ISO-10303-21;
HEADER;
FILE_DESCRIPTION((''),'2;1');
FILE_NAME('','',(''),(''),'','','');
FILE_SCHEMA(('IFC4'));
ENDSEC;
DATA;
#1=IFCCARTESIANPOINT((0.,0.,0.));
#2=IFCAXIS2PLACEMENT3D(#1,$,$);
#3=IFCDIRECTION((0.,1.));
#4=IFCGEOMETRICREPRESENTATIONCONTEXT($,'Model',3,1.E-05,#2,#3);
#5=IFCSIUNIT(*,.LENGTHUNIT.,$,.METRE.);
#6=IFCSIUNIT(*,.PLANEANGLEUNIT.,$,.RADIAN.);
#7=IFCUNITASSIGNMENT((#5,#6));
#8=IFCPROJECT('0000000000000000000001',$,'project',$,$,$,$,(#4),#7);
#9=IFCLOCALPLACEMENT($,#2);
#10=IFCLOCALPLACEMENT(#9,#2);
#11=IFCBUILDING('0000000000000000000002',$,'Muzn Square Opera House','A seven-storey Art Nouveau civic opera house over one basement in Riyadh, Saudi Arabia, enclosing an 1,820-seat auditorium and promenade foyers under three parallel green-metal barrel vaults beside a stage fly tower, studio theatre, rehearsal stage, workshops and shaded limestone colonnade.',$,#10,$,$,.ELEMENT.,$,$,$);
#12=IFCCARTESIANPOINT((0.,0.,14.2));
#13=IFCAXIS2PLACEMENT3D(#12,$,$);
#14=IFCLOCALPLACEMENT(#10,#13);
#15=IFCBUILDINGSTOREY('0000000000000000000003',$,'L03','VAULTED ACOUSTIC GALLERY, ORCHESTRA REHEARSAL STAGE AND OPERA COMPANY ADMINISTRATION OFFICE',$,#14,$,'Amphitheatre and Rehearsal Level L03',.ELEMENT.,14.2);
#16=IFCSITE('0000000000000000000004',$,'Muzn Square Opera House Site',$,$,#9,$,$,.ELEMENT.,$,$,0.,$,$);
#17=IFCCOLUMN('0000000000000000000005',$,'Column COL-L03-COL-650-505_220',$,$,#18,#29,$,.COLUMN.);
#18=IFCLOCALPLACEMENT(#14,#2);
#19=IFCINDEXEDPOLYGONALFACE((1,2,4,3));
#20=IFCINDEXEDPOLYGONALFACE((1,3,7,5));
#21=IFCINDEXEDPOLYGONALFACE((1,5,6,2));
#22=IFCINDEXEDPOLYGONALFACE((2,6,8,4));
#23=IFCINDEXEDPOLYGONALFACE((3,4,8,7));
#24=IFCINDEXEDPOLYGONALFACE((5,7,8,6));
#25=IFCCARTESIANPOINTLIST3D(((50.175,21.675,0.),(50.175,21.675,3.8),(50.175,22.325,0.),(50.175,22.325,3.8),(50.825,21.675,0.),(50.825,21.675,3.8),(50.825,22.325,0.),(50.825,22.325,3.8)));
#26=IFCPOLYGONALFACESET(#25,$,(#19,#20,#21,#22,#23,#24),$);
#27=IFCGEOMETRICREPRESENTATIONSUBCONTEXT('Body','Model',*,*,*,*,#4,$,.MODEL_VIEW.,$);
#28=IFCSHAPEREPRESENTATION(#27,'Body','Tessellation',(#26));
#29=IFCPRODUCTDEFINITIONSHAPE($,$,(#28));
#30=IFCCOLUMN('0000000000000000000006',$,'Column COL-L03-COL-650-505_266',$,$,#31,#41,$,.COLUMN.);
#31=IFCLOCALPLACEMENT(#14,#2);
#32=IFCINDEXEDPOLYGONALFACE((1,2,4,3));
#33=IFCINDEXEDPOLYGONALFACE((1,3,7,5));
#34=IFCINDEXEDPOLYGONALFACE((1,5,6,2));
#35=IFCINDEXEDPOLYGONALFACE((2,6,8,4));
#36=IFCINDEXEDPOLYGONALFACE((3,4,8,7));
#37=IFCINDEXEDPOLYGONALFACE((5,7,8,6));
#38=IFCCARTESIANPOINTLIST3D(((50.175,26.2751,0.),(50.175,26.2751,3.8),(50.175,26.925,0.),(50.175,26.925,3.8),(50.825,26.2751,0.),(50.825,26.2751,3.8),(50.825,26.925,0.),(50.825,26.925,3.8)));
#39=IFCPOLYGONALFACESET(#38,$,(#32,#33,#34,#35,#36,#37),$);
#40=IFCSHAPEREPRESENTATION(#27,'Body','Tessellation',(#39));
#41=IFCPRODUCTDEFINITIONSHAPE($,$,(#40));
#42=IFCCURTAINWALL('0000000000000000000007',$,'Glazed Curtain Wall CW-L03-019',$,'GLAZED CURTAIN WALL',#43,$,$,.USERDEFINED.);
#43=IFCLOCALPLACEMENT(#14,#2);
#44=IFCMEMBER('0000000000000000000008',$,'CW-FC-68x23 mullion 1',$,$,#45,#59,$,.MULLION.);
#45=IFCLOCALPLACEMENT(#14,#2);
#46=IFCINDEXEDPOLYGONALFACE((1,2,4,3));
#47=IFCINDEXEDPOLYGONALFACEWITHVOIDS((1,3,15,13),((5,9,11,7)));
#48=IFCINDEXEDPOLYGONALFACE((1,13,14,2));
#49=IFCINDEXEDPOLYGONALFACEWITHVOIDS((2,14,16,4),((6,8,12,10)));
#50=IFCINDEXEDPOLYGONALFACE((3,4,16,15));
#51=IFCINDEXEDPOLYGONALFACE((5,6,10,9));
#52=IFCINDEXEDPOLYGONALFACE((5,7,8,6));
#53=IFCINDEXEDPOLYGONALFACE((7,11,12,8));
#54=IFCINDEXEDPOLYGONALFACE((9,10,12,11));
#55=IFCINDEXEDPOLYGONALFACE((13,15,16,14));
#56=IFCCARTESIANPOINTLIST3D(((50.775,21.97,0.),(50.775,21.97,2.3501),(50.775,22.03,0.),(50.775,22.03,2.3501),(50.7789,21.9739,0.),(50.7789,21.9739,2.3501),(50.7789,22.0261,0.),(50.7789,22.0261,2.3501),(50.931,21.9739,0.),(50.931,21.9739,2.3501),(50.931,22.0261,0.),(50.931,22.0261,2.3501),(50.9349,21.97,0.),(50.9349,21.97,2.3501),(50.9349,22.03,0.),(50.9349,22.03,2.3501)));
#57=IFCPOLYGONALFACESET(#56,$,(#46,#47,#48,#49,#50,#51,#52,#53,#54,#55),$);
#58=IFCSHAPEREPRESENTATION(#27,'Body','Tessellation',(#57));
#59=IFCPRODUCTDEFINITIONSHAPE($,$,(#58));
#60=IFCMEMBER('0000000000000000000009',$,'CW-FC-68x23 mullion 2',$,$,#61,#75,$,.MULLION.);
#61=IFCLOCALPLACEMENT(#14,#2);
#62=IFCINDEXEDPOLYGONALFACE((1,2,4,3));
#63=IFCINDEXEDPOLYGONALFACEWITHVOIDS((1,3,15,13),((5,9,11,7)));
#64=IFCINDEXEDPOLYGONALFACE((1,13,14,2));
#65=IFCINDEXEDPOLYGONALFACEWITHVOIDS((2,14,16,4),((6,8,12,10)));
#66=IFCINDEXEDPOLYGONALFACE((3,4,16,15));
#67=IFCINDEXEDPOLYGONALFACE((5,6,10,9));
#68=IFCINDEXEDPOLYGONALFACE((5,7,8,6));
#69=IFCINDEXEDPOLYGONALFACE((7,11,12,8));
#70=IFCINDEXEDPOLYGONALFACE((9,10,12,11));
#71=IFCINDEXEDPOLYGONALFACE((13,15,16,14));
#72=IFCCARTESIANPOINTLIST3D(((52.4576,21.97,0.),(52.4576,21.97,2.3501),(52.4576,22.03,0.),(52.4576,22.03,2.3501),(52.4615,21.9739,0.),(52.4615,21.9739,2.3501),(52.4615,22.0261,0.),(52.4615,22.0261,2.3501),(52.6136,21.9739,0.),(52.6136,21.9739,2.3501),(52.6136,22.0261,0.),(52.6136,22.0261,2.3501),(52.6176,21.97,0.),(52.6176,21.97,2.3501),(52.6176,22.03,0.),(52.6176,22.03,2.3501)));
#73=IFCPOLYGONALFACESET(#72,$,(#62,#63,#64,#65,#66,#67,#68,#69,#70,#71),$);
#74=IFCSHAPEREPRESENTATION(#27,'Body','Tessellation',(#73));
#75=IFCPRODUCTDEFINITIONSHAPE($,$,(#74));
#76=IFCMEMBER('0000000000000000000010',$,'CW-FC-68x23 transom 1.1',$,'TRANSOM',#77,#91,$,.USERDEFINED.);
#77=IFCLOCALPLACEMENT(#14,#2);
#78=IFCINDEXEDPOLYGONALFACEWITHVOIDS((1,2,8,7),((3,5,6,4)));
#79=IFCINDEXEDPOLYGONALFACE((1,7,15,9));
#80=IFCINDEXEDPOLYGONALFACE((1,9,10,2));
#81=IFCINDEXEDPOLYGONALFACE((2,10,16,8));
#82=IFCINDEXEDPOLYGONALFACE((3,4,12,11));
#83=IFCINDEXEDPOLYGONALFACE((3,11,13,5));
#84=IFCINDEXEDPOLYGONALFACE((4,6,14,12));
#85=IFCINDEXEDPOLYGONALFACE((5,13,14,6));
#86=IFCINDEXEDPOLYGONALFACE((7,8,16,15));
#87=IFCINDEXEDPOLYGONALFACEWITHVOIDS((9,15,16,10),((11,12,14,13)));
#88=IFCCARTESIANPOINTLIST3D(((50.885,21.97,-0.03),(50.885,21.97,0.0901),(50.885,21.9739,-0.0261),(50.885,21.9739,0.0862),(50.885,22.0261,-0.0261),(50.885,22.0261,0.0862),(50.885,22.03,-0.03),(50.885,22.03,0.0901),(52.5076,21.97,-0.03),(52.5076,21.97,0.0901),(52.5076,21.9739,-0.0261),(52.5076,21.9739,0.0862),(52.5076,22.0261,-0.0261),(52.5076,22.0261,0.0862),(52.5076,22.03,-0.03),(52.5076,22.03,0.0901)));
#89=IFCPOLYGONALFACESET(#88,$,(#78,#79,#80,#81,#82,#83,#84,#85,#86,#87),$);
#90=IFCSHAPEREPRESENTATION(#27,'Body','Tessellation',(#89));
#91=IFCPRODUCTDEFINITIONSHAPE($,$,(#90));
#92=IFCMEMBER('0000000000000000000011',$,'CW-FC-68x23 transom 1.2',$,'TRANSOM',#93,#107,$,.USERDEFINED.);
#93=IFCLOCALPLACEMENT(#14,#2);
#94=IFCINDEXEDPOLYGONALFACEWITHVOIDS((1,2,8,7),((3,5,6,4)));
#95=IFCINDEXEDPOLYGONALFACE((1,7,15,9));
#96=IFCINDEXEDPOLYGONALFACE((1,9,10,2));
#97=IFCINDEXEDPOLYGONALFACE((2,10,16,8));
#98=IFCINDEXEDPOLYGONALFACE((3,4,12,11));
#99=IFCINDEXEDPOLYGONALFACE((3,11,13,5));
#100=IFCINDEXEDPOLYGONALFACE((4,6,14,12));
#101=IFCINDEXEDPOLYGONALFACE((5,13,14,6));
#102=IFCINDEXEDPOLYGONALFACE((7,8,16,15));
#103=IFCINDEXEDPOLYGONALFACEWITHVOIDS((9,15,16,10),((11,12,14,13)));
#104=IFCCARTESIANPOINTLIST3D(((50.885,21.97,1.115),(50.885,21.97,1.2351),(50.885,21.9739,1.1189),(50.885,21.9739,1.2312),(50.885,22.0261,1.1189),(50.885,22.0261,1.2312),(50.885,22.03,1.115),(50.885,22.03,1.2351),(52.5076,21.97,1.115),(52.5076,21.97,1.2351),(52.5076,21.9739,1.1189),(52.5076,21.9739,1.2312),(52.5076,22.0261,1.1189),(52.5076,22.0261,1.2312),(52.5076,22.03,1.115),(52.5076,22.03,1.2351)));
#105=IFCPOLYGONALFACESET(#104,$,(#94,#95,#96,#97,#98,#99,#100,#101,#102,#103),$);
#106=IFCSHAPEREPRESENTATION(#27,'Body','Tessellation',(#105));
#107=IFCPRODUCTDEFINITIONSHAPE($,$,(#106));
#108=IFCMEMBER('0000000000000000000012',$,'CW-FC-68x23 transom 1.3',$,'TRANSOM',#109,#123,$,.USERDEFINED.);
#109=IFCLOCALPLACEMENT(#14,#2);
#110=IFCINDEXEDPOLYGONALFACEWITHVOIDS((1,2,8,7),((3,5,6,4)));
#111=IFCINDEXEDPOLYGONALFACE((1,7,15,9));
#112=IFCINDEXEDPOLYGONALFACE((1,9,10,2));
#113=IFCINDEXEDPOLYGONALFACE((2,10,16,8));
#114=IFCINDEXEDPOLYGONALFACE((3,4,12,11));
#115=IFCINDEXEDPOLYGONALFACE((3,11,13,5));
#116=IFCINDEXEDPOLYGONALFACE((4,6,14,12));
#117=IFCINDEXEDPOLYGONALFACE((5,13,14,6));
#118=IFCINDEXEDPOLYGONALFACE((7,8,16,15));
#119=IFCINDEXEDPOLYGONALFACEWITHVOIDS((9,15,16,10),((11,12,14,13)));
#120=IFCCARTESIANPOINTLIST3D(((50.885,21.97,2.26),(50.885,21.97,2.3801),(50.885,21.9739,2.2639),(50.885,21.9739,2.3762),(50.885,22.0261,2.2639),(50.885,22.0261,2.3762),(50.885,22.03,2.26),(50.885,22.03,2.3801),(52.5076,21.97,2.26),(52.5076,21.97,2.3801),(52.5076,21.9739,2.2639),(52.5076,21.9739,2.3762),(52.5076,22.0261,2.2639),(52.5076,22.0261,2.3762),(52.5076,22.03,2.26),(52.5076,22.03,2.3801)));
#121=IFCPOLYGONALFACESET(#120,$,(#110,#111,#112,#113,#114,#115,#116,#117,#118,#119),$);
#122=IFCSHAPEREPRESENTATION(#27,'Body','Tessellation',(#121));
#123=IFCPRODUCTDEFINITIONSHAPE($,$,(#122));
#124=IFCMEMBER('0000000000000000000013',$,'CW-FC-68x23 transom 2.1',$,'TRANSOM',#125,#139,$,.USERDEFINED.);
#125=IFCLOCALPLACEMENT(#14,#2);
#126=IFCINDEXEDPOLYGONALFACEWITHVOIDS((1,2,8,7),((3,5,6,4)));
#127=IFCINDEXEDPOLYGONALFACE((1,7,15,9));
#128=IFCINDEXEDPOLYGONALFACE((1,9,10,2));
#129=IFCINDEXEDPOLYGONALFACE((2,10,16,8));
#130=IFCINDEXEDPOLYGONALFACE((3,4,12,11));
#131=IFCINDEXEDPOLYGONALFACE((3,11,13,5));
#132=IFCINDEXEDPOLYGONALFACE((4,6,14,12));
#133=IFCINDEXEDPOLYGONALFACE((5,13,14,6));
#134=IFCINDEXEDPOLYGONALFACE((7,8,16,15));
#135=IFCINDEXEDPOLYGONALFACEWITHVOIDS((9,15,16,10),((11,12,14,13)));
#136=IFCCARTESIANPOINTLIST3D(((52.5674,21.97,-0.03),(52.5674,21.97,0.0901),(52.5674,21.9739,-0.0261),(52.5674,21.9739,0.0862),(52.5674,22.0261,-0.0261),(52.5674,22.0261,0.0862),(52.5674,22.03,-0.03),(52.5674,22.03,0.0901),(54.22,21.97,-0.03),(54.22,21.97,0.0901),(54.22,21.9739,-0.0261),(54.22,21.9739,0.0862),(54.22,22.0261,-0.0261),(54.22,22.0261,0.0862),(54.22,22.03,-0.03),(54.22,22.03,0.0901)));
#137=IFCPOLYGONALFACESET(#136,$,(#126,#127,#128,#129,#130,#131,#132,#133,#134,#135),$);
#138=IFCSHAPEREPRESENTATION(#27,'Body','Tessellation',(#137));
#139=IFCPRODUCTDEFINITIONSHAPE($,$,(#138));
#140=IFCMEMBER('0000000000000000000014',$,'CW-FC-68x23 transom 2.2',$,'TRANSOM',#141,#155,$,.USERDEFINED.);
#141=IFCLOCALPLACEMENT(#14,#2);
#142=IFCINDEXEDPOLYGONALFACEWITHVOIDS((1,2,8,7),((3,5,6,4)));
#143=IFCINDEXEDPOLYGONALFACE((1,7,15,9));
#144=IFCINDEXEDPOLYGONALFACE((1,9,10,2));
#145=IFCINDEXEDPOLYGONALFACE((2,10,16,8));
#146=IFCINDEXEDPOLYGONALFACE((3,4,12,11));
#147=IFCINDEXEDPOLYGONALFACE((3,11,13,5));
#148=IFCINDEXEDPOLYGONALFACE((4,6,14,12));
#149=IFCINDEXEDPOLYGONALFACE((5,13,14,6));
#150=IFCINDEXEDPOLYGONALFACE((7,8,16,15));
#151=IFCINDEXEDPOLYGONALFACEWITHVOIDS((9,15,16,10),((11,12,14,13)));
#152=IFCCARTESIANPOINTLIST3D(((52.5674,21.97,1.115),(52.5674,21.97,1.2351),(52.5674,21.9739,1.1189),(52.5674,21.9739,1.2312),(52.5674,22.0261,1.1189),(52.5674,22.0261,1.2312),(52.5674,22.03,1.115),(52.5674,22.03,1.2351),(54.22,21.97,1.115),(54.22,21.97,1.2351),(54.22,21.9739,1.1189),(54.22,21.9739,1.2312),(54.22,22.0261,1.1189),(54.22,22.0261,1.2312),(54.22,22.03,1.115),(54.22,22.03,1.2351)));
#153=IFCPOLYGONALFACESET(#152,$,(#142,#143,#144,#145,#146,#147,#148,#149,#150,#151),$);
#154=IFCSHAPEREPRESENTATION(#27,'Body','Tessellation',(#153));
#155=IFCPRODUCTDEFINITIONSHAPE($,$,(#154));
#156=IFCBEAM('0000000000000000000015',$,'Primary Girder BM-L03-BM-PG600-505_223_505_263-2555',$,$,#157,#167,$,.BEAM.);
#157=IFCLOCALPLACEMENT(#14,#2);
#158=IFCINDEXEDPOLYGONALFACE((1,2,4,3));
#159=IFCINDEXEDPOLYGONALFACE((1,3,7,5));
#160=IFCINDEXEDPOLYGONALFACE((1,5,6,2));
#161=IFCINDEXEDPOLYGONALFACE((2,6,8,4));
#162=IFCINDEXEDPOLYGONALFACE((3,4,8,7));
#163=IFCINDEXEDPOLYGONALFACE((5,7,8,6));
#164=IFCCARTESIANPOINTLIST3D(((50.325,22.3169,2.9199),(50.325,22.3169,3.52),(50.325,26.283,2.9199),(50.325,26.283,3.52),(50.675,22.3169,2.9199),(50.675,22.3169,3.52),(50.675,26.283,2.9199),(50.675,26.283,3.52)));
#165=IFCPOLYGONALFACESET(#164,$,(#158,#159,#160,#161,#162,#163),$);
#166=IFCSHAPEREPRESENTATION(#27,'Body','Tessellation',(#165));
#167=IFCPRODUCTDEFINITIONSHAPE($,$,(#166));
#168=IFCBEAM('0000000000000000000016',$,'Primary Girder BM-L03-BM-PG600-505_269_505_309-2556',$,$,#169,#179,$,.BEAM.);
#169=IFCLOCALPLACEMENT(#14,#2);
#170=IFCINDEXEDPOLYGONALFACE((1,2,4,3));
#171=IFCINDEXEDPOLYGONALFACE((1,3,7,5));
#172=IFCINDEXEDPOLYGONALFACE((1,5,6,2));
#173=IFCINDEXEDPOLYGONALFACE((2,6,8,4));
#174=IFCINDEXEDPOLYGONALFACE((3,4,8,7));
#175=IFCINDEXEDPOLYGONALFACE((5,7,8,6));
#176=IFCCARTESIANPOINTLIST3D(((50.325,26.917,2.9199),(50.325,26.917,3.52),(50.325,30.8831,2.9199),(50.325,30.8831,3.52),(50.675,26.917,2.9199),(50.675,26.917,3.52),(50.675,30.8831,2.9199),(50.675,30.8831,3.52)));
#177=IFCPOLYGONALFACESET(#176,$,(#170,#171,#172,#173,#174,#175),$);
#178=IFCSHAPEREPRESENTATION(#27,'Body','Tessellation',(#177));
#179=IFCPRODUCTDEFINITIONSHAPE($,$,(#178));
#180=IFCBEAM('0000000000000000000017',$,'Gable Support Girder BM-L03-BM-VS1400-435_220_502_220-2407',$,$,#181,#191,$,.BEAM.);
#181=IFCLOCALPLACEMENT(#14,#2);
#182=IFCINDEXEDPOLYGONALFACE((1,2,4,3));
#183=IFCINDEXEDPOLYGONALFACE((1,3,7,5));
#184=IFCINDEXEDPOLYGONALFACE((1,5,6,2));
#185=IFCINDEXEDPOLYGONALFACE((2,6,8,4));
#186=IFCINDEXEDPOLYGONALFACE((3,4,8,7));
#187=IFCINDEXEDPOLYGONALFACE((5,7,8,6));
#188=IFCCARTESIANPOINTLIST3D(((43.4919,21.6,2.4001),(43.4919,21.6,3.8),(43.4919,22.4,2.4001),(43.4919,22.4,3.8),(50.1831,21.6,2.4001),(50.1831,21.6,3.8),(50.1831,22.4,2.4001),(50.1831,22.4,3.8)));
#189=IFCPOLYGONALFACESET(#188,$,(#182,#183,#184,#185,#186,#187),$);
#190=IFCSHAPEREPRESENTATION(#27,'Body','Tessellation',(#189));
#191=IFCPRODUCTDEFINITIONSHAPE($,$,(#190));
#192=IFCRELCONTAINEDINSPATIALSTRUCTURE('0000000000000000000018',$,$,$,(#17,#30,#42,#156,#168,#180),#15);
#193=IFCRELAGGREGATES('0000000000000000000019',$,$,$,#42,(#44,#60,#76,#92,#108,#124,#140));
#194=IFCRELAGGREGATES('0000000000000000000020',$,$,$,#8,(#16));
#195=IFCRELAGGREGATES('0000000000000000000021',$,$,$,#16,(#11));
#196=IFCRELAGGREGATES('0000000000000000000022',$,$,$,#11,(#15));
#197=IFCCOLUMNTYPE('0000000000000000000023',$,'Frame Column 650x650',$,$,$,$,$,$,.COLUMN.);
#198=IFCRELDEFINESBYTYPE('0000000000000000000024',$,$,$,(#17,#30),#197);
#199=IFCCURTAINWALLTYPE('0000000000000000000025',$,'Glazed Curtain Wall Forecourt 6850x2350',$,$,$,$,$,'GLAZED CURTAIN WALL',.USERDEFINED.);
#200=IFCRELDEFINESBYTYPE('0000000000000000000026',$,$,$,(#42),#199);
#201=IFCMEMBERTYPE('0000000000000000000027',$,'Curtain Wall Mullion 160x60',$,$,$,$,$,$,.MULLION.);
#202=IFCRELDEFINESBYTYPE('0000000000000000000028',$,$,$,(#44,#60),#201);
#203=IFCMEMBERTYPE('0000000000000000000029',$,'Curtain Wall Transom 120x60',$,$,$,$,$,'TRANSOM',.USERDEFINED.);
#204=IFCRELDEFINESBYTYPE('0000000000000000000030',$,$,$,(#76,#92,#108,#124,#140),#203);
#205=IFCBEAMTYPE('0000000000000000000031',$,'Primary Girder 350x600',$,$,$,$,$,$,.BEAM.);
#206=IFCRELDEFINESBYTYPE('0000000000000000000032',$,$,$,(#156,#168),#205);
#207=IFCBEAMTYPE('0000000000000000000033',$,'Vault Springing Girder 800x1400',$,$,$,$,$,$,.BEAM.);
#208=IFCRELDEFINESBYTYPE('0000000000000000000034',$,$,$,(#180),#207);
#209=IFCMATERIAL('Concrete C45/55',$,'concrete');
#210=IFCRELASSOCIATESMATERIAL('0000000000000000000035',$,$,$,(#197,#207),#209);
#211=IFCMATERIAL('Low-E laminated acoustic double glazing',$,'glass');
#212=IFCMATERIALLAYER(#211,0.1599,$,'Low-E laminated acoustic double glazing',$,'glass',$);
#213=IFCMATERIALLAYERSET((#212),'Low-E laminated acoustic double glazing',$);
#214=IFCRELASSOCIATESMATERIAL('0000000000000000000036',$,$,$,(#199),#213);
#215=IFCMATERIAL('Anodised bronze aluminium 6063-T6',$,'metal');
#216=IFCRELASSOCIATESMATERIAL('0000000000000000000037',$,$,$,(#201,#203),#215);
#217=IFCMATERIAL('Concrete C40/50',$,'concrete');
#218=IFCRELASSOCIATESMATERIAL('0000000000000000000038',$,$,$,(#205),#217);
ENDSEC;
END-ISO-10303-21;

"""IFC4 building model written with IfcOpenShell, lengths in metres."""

from ifc_helpers import new_model, si_unit, direction, frame, origin, origin_2d, place, context, subcontext, project, spatial, rectangle, hollow_rectangle, extrude, material, layer, layer_set, material_profile, profile_set, type_object, element, aggregate, save


model = new_model("IFC4")

# Units and contexts
model_context = context("Model", 3, precision=1e-05, world=origin(), true_north=direction((0.0, 1.0)))
body_context = subcontext(model_context, "Body", "Model", "MODEL_VIEW")
ifc_project = project(units=[si_unit("LENGTHUNIT", "METRE"), si_unit("PLANEANGLEUNIT", "RADIAN")], contexts=[model_context])

# Site, building, storey
site_placement = place(None, origin())
site = spatial("IfcSite", under=ifc_project, at=site_placement, Name="Muzn Square Opera House Site", CompositionType="ELEMENT", RefElevation=0.0)
building_placement = place(site_placement, origin())
building = spatial("IfcBuilding", under=site, at=building_placement, Name="Muzn Square Opera House", Description="A seven-storey Art Nouveau civic opera house over one basement in Riyadh, Saudi Arabia, enclosing an 1,820-seat auditorium and promenade foyers under three parallel green-metal barrel vaults beside a stage fly tower, studio theatre, rehearsal stage, workshops and shaded limestone colonnade.", CompositionType="ELEMENT")
storey_placement = place(building_placement, frame((0.0, 0.0, 14.2)))
storey = spatial("IfcBuildingStorey", under=building, at=storey_placement, Name="L03", Description="VAULTED ACOUSTIC GALLERY, ORCHESTRA REHEARSAL STAGE AND OPERA COMPANY ADMINISTRATION OFFICE", LongName="Amphitheatre and Rehearsal Level L03", CompositionType="ELEMENT", Elevation=14.2)

# Columns
ifc_material_1 = material(Name="Concrete C45/55", Category="concrete")
ifc_material_profile_1 = material_profile(ifc_material_1, rectangle(XDim=0.6499, YDim=0.6499, at=origin_2d()), Name="RC 650x650", Category="concrete")
ifc_profile_set_1 = profile_set([ifc_material_profile_1], Name="Concrete C45/55")
column_type = type_object("IfcColumnType", Name="Frame Column 650x650", PredefinedType="COLUMN", material=ifc_profile_set_1)
for number, where, z_axis, x_axis, name in (
    (1, (50.5, 22.0, 0.0), (0.0, 0.0, 1.0), (1.0, 0.0, 0.0), "Column COL-L03-COL-650-505_220"),
    (2, (50.5, 26.6001, 0.0), (0.0, 0.0, 1.0), (1.0, 0.0, 0.0), "Column COL-L03-COL-650-505_266"),
):
    element("IfcColumn", number, at=place(storey_placement, frame(where, z_axis=z_axis, x_axis=x_axis)), inside=storey, type_object=column_type, Name=name, PredefinedType="COLUMN", context=body_context, shape_type="SweptSolid", body=[
        extrude(rectangle(XDim=0.6499, YDim=0.6499, at=origin_2d()), origin(), (0.0, 0.0, 1.0), 3.8),
    ])

# Curtain wall, members
ifc_material_2 = material(Name="Low-E laminated acoustic double glazing", Category="glass")
ifc_layer_1 = layer(ifc_material_2, 0.1599, Name="Low-E laminated acoustic double glazing", Category="glass")
ifc_layer_set_1 = layer_set([ifc_layer_1], Name="Low-E laminated acoustic double glazing")
curtain_wall_type = type_object("IfcCurtainWallType", Name="Glazed Curtain Wall Forecourt 6850x2350", ElementType="GLAZED CURTAIN WALL", PredefinedType="USERDEFINED", material=ifc_layer_set_1)
curtain_wall_placement = place(storey_placement, origin())
curtain_wall = element("IfcCurtainWall", 3, at=curtain_wall_placement, inside=storey, type_object=curtain_wall_type, Name="Glazed Curtain Wall CW-L03-019", ObjectType="GLAZED CURTAIN WALL", PredefinedType="USERDEFINED")
ifc_material_3 = material(Name="Anodised bronze aluminium 6063-T6", Category="metal")
ifc_material_profile_2 = material_profile(ifc_material_3, hollow_rectangle(XDim=0.0601, YDim=0.1599, WallThickness=0.0039, at=origin_2d()), Name="ALU 160x60x4", Category="metal")
ifc_profile_set_2 = profile_set([ifc_material_profile_2], Name="Anodised bronze aluminium 6063-T6")
member_type_1 = type_object("IfcMemberType", Name="Curtain Wall Mullion 160x60", PredefinedType="MULLION", material=ifc_profile_set_2)
member_1_placement = place(storey_placement, frame((50.855, 22.0, 0.0), z_axis=(0.0, 0.0, 1.0), x_axis=(0.0, 1.0, 0.0)))
member_1 = element("IfcMember", 4, at=member_1_placement, type_object=member_type_1, Name="CW-FC-68x23 mullion 1", PredefinedType="MULLION", context=body_context, shape_type="SweptSolid", body=[
    extrude(hollow_rectangle(XDim=0.0601, YDim=0.1599, WallThickness=0.0039, at=origin_2d()), origin(), (0.0, 0.0, 1.0), 2.3501),
])
member_2_placement = place(storey_placement, frame((52.5376, 22.0, 0.0), z_axis=(0.0, 0.0, 1.0), x_axis=(0.0, 1.0, 0.0)))
member_2 = element("IfcMember", 5, at=member_2_placement, type_object=member_type_1, Name="CW-FC-68x23 mullion 2", PredefinedType="MULLION", context=body_context, shape_type="SweptSolid", body=[
    extrude(hollow_rectangle(XDim=0.0601, YDim=0.1599, WallThickness=0.0039, at=origin_2d()), origin(), (0.0, 0.0, 1.0), 2.3501),
])
ifc_material_profile_3 = material_profile(ifc_material_3, hollow_rectangle(XDim=0.0601, YDim=0.1201, WallThickness=0.0039, at=origin_2d()), Name="ALU 120x60x4", Category="metal")
ifc_profile_set_3 = profile_set([ifc_material_profile_3], Name="Anodised bronze aluminium 6063-T6")
member_type_2 = type_object("IfcMemberType", Name="Curtain Wall Transom 120x60", ElementType="TRANSOM", PredefinedType="USERDEFINED", material=ifc_profile_set_3)
member_3_placement = place(storey_placement, frame((50.885, 22.0, 0.03), z_axis=(1.0, 0.0, 0.0), x_axis=(0.0, 1.0, 0.0)))
member_3 = element("IfcMember", 6, at=member_3_placement, type_object=member_type_2, Name="CW-FC-68x23 transom 1.1", ObjectType="TRANSOM", PredefinedType="USERDEFINED", context=body_context, shape_type="SweptSolid", body=[
    extrude(hollow_rectangle(XDim=0.0601, YDim=0.1201, WallThickness=0.0039, at=origin_2d()), origin(), (0.0, 0.0, 1.0), 1.6226),
])
member_4_placement = place(storey_placement, frame((50.885, 22.0, 1.175), z_axis=(1.0, 0.0, 0.0), x_axis=(0.0, 1.0, 0.0)))
member_4 = element("IfcMember", 7, at=member_4_placement, type_object=member_type_2, Name="CW-FC-68x23 transom 1.2", ObjectType="TRANSOM", PredefinedType="USERDEFINED", context=body_context, shape_type="SweptSolid", body=[
    extrude(hollow_rectangle(XDim=0.0601, YDim=0.1201, WallThickness=0.0039, at=origin_2d()), origin(), (0.0, 0.0, 1.0), 1.6226),
])
member_5_placement = place(storey_placement, frame((50.885, 22.0, 2.3201), z_axis=(1.0, 0.0, 0.0), x_axis=(0.0, 1.0, 0.0)))
member_5 = element("IfcMember", 8, at=member_5_placement, type_object=member_type_2, Name="CW-FC-68x23 transom 1.3", ObjectType="TRANSOM", PredefinedType="USERDEFINED", context=body_context, shape_type="SweptSolid", body=[
    extrude(hollow_rectangle(XDim=0.0601, YDim=0.1201, WallThickness=0.0039, at=origin_2d()), origin(), (0.0, 0.0, 1.0), 1.6226),
])
member_6_placement = place(storey_placement, frame((52.5674, 22.0, 0.03), z_axis=(1.0, 0.0, 0.0), x_axis=(0.0, 1.0, 0.0)))
member_6 = element("IfcMember", 9, at=member_6_placement, type_object=member_type_2, Name="CW-FC-68x23 transom 2.1", ObjectType="TRANSOM", PredefinedType="USERDEFINED", context=body_context, shape_type="SweptSolid", body=[
    extrude(hollow_rectangle(XDim=0.0601, YDim=0.1201, WallThickness=0.0039, at=origin_2d()), origin(), (0.0, 0.0, 1.0), 1.6526),
])
member_7_placement = place(storey_placement, frame((52.5674, 22.0, 1.175), z_axis=(1.0, 0.0, 0.0), x_axis=(0.0, 1.0, 0.0)))
member_7 = element("IfcMember", 10, at=member_7_placement, type_object=member_type_2, Name="CW-FC-68x23 transom 2.2", ObjectType="TRANSOM", PredefinedType="USERDEFINED", context=body_context, shape_type="SweptSolid", body=[
    extrude(hollow_rectangle(XDim=0.0601, YDim=0.1201, WallThickness=0.0039, at=origin_2d()), origin(), (0.0, 0.0, 1.0), 1.6526),
])

# Beams
ifc_material_4 = material(Name="Concrete C40/50", Category="concrete")
ifc_material_profile_4 = material_profile(ifc_material_4, rectangle(XDim=0.3501, YDim=0.6001, at=origin_2d()), Name="RCB 350x600", Category="concrete")
ifc_profile_set_4 = profile_set([ifc_material_profile_4], Name="Concrete C40/50")
beam_type_1 = type_object("IfcBeamType", Name="Primary Girder 350x600", PredefinedType="BEAM", material=ifc_profile_set_4)
for number, where, z_axis, x_axis, name in (
    (11, (50.5, 22.3169, 3.22), (0.0, 1.0, 0.0), (-1.0, 0.0, 0.0), "Primary Girder BM-L03-BM-PG600-505_223_505_263-2555"),
    (12, (50.5, 26.917, 3.22), (0.0, 1.0, 0.0), (-1.0, 0.0, 0.0), "Primary Girder BM-L03-BM-PG600-505_269_505_309-2556"),
):
    element("IfcBeam", number, at=place(storey_placement, frame(where, z_axis=z_axis, x_axis=x_axis)), inside=storey, type_object=beam_type_1, Name=name, PredefinedType="BEAM", context=body_context, shape_type="SweptSolid", body=[
        extrude(rectangle(XDim=0.3501, YDim=0.6001, at=origin_2d()), origin(), (0.0, 0.0, 1.0), 3.9661),
    ])
ifc_material_profile_5 = material_profile(ifc_material_1, rectangle(XDim=0.8, YDim=1.3999, at=origin_2d()), Name="RCB 800x1400", Category="concrete")
ifc_profile_set_5 = profile_set([ifc_material_profile_5], Name="Concrete C45/55")
beam_type_2 = type_object("IfcBeamType", Name="Vault Springing Girder 800x1400", PredefinedType="BEAM", material=ifc_profile_set_5)
beam_1_placement = place(storey_placement, frame((43.4919, 22.0, 3.1001), z_axis=(1.0, 0.0, 0.0), x_axis=(0.0, 1.0, 0.0)))
element("IfcBeam", 13, at=beam_1_placement, inside=storey, type_object=beam_type_2, Name="Gable Support Girder BM-L03-BM-VS1400-435_220_502_220-2407", PredefinedType="BEAM", context=body_context, shape_type="SweptSolid", body=[
    extrude(rectangle(XDim=0.8, YDim=1.3999, at=origin_2d()), origin(), (0.0, 0.0, 1.0), 6.6912),
])

aggregate(curtain_wall, [member_1, member_2, member_3, member_4, member_5, member_6, member_7])

save(model, "model.ifc")
